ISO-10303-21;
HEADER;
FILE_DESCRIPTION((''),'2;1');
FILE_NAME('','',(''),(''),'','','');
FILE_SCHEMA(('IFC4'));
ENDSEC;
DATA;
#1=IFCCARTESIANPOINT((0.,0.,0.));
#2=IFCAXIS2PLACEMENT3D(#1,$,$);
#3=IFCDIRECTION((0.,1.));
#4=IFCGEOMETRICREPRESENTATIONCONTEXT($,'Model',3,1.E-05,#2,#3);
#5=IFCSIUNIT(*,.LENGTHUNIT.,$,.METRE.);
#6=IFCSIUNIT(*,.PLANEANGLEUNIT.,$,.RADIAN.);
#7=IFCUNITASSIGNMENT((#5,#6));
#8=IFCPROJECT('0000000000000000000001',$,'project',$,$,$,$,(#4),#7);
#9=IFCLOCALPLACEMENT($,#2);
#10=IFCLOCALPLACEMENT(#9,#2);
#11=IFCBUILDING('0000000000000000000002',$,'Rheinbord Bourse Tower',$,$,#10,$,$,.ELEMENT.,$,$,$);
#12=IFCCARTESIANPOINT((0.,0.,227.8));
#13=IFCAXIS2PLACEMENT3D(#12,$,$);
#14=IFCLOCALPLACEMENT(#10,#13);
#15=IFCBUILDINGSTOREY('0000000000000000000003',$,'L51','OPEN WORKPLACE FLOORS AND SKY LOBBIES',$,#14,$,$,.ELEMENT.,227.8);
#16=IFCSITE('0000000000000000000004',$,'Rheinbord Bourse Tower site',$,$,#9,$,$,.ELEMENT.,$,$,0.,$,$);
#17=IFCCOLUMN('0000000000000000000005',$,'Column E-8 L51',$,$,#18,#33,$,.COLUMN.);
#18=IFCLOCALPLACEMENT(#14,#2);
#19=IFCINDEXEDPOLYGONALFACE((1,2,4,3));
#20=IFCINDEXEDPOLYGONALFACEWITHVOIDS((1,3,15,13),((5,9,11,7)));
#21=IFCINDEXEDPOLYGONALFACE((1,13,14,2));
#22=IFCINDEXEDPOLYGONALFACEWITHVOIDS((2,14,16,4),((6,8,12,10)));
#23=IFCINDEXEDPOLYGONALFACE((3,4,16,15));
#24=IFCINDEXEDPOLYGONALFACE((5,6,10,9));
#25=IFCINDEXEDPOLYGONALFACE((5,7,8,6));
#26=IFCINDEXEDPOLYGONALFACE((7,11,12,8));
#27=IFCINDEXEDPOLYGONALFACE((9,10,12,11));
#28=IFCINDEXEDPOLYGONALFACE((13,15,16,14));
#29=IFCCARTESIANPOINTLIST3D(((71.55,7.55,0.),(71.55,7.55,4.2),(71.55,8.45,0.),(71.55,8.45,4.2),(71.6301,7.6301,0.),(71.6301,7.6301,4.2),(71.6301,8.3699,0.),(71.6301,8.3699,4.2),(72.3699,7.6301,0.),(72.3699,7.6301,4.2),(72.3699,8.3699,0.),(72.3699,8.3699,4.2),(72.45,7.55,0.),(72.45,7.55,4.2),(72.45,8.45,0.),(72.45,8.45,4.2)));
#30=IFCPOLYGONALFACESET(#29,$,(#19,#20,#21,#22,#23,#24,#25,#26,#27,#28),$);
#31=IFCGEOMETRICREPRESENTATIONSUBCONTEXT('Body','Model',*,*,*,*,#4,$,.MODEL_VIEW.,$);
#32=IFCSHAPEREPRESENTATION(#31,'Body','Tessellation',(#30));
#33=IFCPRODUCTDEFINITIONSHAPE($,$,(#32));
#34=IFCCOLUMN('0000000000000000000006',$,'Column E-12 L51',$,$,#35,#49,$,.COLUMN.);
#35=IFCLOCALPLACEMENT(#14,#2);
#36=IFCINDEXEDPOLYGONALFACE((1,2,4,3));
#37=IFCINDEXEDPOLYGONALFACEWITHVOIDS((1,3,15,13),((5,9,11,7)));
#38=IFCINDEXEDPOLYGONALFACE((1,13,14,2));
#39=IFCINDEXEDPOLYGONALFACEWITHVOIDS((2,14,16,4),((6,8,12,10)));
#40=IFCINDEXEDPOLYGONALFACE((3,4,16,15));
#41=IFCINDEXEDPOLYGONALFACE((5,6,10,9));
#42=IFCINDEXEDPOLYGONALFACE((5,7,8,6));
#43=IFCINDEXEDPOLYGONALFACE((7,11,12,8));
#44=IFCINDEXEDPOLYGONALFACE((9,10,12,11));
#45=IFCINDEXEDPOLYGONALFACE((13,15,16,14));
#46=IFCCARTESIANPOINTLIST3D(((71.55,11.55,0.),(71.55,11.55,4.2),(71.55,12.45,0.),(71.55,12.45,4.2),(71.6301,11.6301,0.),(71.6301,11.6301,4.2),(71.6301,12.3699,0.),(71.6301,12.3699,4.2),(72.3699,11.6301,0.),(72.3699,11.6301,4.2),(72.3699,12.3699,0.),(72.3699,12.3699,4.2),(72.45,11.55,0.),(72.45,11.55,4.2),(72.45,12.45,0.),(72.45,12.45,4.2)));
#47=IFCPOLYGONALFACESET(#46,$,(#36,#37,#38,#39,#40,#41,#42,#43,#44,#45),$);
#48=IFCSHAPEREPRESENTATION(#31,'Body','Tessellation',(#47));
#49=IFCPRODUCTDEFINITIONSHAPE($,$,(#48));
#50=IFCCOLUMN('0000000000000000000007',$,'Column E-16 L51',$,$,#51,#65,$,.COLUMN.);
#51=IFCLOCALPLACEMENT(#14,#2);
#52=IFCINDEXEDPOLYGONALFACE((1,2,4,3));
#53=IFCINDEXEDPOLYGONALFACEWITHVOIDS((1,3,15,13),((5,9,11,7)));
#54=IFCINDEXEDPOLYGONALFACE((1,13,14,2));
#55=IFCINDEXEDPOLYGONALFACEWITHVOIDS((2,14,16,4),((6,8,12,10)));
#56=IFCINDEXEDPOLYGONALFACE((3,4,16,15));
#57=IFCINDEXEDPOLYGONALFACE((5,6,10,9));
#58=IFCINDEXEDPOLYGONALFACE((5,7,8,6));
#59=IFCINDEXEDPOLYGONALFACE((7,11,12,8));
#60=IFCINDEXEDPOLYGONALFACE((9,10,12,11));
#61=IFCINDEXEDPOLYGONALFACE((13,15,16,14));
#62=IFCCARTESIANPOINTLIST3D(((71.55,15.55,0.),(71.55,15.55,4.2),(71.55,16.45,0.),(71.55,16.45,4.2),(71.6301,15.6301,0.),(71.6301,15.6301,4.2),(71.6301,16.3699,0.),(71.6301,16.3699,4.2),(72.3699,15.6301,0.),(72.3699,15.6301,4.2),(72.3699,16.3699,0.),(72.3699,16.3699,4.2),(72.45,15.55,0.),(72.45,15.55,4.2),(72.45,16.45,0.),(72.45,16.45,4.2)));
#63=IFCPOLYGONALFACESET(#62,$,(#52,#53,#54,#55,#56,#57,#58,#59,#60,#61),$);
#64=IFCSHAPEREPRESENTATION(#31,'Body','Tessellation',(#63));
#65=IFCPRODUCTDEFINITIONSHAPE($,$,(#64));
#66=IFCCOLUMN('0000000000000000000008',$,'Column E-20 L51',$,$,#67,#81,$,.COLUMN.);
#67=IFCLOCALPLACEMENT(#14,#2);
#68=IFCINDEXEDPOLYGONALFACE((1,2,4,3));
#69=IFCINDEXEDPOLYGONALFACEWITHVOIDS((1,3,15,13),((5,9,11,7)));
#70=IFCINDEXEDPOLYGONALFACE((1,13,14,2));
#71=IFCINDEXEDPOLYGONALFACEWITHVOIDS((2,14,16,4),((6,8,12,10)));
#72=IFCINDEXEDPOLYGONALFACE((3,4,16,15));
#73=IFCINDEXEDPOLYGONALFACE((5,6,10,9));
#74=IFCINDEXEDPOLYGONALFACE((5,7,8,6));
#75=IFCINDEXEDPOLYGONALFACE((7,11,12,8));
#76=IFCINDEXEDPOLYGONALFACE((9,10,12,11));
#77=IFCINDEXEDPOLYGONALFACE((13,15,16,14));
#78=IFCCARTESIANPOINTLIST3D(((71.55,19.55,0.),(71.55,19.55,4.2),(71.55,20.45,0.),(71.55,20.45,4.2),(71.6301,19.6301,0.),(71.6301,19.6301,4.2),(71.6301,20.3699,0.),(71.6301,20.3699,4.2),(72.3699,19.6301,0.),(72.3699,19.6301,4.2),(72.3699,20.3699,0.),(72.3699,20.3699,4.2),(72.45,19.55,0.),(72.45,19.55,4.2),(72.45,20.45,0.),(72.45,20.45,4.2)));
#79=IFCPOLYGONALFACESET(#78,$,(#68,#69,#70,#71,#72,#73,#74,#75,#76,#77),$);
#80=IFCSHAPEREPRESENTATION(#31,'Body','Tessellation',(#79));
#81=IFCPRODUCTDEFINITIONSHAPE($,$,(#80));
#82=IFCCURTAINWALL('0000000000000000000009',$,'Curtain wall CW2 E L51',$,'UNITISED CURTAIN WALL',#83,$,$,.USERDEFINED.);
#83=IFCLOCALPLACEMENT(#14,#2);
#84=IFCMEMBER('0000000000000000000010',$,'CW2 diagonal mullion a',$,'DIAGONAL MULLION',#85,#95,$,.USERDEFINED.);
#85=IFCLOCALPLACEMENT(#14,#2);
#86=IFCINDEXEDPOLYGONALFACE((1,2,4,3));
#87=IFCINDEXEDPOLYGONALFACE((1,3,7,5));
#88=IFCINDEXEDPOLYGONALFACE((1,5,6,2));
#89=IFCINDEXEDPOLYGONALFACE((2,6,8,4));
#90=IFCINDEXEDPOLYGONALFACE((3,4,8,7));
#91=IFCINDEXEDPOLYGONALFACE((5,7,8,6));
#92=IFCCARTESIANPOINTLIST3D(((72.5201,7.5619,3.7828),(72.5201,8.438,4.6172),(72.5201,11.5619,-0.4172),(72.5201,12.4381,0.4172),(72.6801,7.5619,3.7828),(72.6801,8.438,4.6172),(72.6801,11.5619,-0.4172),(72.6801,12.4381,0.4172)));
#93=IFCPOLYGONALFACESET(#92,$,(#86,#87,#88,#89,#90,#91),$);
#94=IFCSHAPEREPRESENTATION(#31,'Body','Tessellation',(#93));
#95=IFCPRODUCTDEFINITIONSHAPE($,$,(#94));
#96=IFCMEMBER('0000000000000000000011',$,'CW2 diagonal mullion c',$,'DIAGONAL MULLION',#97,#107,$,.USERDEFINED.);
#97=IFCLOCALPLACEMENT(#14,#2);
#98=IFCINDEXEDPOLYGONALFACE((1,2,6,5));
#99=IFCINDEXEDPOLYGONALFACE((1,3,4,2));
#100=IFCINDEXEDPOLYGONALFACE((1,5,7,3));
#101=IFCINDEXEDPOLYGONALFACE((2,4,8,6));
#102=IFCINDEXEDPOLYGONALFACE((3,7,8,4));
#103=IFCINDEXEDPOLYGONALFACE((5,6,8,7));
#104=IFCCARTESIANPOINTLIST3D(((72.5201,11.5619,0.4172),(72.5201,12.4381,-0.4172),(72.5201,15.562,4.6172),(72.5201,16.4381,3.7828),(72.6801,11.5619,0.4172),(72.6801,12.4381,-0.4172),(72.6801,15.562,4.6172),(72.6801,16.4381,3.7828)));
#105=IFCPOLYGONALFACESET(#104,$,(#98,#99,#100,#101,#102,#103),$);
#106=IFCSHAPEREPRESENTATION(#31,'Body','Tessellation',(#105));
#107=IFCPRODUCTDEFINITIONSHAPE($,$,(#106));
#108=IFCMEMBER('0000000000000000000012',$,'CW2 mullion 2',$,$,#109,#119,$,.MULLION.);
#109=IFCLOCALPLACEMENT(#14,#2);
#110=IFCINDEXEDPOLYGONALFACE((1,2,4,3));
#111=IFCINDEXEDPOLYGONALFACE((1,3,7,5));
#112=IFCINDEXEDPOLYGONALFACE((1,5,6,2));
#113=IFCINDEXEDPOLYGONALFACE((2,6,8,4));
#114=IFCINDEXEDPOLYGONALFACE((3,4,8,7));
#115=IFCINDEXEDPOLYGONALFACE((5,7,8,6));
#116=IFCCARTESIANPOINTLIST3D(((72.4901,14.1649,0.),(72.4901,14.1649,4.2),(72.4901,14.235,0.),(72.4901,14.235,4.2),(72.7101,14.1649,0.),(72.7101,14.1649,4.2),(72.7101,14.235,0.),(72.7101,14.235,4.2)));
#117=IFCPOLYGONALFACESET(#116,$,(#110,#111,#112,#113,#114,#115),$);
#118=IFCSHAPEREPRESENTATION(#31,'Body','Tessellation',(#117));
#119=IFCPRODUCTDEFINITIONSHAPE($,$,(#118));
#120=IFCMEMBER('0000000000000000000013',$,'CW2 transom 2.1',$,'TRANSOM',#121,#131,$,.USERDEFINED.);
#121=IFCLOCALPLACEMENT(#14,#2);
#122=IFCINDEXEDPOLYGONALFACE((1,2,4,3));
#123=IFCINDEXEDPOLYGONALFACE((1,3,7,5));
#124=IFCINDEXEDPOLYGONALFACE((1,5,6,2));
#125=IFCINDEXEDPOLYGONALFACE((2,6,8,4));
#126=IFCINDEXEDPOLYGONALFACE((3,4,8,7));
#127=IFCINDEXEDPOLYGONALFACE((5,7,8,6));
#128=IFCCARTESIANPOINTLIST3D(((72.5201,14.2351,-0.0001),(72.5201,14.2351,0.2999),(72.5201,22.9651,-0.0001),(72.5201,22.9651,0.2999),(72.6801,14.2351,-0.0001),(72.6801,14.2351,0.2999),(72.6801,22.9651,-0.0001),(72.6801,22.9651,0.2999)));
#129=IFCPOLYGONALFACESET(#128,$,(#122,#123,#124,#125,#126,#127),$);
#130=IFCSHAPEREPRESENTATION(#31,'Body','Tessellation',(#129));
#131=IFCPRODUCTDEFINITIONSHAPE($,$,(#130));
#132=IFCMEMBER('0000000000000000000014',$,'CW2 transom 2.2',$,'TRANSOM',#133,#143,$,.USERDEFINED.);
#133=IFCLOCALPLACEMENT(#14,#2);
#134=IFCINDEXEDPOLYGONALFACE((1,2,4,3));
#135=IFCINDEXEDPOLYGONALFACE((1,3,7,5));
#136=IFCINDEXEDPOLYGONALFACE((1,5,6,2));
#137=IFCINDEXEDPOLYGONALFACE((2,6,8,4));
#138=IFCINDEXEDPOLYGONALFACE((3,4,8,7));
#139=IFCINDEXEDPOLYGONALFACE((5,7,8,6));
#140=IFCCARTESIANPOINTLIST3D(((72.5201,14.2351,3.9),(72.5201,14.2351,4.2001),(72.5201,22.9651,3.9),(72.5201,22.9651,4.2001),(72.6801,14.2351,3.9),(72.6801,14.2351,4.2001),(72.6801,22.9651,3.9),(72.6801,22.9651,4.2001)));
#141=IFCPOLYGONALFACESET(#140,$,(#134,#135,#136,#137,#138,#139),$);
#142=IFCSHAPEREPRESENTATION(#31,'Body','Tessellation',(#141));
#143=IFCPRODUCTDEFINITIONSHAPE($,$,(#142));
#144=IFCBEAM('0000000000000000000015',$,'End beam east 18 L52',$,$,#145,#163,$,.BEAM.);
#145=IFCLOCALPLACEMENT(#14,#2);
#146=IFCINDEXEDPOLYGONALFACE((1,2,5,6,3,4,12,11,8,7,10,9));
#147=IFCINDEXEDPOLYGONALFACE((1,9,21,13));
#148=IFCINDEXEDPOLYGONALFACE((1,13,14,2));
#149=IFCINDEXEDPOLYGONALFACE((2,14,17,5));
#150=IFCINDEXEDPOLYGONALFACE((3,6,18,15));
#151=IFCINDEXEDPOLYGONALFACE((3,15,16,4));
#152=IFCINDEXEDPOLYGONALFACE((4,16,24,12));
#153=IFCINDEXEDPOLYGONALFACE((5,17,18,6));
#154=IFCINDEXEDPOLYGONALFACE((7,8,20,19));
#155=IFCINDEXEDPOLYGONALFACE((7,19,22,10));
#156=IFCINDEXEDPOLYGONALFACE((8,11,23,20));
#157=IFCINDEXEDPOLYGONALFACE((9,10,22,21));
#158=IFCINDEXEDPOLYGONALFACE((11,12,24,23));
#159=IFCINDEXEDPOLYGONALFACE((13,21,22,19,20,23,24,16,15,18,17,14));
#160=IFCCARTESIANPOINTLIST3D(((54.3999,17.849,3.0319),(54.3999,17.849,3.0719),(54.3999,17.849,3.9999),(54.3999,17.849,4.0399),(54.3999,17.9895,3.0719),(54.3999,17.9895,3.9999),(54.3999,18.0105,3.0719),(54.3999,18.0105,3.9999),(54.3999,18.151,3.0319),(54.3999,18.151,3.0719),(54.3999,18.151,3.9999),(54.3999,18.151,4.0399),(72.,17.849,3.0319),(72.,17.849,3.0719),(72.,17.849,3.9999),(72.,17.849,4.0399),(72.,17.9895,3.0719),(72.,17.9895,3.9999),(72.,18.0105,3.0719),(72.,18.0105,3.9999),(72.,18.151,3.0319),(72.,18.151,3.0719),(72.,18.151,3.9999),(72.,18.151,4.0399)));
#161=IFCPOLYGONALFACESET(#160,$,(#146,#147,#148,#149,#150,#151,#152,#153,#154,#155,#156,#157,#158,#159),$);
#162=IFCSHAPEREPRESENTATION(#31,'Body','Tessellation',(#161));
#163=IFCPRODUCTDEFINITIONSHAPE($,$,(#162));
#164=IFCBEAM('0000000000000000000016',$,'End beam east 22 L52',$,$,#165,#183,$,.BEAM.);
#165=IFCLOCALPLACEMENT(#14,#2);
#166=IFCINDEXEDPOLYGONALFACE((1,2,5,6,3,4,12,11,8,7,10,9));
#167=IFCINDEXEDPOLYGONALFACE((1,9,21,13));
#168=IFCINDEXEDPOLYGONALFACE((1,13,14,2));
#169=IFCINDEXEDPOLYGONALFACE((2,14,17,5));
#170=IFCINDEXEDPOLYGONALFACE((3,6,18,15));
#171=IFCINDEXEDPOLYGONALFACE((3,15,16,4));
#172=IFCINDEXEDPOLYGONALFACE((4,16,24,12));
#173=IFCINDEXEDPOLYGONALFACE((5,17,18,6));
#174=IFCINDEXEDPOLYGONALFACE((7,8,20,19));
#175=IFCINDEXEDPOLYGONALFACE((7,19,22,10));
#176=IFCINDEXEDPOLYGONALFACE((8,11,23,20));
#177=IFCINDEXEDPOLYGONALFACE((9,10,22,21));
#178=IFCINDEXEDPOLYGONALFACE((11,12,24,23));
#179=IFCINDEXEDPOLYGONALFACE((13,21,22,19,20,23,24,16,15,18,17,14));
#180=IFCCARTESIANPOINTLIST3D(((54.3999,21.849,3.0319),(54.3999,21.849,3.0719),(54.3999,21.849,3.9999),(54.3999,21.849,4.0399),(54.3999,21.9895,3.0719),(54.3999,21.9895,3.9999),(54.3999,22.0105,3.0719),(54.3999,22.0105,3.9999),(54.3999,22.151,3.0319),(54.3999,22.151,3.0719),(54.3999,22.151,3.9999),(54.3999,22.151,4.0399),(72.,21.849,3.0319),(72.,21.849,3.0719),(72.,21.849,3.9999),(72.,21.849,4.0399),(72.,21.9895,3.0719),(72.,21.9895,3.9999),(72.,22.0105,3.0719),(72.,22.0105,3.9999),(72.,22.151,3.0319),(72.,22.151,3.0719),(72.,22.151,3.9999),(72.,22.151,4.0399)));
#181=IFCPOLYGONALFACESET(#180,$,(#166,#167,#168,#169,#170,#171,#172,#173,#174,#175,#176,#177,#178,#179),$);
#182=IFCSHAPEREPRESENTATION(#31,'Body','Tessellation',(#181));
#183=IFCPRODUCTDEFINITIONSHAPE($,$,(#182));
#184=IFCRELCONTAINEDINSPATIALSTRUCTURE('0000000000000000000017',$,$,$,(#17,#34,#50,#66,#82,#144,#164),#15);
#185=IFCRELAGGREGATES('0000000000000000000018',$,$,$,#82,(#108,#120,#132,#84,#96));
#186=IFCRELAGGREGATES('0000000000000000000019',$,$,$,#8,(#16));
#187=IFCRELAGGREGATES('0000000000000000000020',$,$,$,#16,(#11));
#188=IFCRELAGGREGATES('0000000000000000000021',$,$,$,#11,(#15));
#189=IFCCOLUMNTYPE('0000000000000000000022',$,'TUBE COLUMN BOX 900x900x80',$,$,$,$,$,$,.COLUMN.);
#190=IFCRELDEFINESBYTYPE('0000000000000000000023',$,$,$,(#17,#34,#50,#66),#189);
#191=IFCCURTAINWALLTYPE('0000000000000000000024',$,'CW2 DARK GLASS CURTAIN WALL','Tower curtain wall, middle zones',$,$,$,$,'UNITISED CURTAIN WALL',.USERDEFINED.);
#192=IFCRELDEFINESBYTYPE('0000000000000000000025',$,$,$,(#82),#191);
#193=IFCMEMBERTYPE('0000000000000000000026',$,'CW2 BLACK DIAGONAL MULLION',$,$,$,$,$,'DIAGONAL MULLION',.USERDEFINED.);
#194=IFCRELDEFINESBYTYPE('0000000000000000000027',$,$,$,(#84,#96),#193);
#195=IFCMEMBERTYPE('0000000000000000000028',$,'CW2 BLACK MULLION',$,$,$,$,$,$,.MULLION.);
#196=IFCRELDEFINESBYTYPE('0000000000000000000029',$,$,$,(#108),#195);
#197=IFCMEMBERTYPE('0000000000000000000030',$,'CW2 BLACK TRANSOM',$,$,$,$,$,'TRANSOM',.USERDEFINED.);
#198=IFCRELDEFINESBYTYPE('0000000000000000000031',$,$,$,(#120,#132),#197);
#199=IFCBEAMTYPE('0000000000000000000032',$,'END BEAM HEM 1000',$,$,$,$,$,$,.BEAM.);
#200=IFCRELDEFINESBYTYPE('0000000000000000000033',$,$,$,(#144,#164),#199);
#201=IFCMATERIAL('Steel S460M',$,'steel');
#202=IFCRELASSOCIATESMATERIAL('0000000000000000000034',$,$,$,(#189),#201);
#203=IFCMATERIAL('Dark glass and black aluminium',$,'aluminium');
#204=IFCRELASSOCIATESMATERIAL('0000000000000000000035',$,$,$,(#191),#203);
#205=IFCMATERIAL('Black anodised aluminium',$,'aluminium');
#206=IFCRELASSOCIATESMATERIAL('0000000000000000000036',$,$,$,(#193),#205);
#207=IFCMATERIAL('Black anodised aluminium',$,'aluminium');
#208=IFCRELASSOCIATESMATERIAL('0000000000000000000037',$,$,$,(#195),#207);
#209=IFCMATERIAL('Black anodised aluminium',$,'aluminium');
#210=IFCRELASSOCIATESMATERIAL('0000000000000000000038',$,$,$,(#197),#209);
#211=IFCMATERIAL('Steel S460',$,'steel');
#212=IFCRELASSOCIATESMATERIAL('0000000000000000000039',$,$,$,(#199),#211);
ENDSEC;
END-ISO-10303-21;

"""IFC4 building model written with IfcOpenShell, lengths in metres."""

from ifc_helpers import new_model, si_unit, direction, frame, origin, origin_2d, place, context, subcontext, project, spatial, rectangle, hollow_rectangle, i_section, extrude, material, material_profile, profile_set, type_object, element, aggregate, save


model = new_model("IFC4")

# Units and contexts
model_context = context("Model", 3, precision=1e-05, world=origin(), true_north=direction((0.0, 1.0)))
body_context = subcontext(model_context, "Body", "Model", "MODEL_VIEW")
ifc_project = project(units=[si_unit("LENGTHUNIT", "METRE"), si_unit("PLANEANGLEUNIT", "RADIAN")], contexts=[model_context])

# Site, building, storey
site_placement = place(None, origin())
site = spatial("IfcSite", under=ifc_project, at=site_placement, Name="Rheinbord Bourse Tower site", CompositionType="ELEMENT", RefElevation=0.0)
building_placement = place(site_placement, origin())
building = spatial("IfcBuilding", under=site, at=building_placement, Name="Rheinbord Bourse Tower", CompositionType="ELEMENT")
storey_placement = place(building_placement, frame((0.0, 0.0, 227.8)))
storey = spatial("IfcBuildingStorey", under=building, at=storey_placement, Name="L51", Description="OPEN WORKPLACE FLOORS AND SKY LOBBIES", CompositionType="ELEMENT", Elevation=227.8)

# Columns
ifc_material_1 = material(Name="Steel S460M", Category="steel")
ifc_material_profile_1 = material_profile(ifc_material_1, hollow_rectangle(XDim=0.8999, YDim=0.8999, WallThickness=0.0801, at=origin_2d()), Name="BOX 900x900x80")
ifc_profile_set_1 = profile_set([ifc_material_profile_1], Name="Steel S460M")
column_type = type_object("IfcColumnType", Name="TUBE COLUMN BOX 900x900x80", PredefinedType="COLUMN", material=ifc_profile_set_1)
for number, where, z_axis, x_axis, name in (
    (1, (72.0, 8.0, 0.0), (0.0, 0.0, 1.0), (1.0, 0.0, 0.0), "Column E-8 L51"),
    (2, (72.0, 12.0, 0.0), (0.0, 0.0, 1.0), (1.0, 0.0, 0.0), "Column E-12 L51"),
    (3, (72.0, 16.0, 0.0), (0.0, 0.0, 1.0), (1.0, 0.0, 0.0), "Column E-16 L51"),
    (4, (72.0, 20.0, 0.0), (0.0, 0.0, 1.0), (1.0, 0.0, 0.0), "Column E-20 L51"),
):
    element("IfcColumn", number, at=place(storey_placement, frame(where, z_axis=z_axis, x_axis=x_axis)), inside=storey, type_object=column_type, Name=name, PredefinedType="COLUMN", context=body_context, shape_type="SweptSolid", body=[
        extrude(hollow_rectangle(XDim=0.8999, YDim=0.8999, WallThickness=0.0801, at=origin_2d()), origin(), (0.0, 0.0, 1.0), 4.2),
    ])

# Curtain wall, members
ifc_material_2 = material(Name="Dark glass and black aluminium", Category="aluminium")
curtain_wall_type = type_object("IfcCurtainWallType", Name="CW2 DARK GLASS CURTAIN WALL", Description="Tower curtain wall, middle zones", ElementType="UNITISED CURTAIN WALL", PredefinedType="USERDEFINED", material=ifc_material_2)
curtain_wall_placement = place(storey_placement, origin())
curtain_wall = element("IfcCurtainWall", 5, at=curtain_wall_placement, inside=storey, type_object=curtain_wall_type, Name="Curtain wall CW2 E L51", ObjectType="UNITISED CURTAIN WALL", PredefinedType="USERDEFINED")
ifc_material_3 = material(Name="Black anodised aluminium", Category="aluminium")
ifc_material_profile_2 = material_profile(ifc_material_3, rectangle(XDim=0.1599, YDim=1.21, at=origin_2d()), Name="CW2 DIAGONAL MULLION 1210x160")
ifc_profile_set_2 = profile_set([ifc_material_profile_2], Name="Black anodised aluminium")
member_type_1 = type_object("IfcMemberType", Name="CW2 BLACK DIAGONAL MULLION", ElementType="DIAGONAL MULLION", PredefinedType="USERDEFINED", material=ifc_profile_set_2)
member_1_placement = place(storey_placement, frame((72.6001, 12.0, 0.0), z_axis=(0.0, -0.689659, 0.724134), x_axis=(1.0, 0.0, 0.0)))
member_1 = element("IfcMember", 6, at=member_1_placement, type_object=member_type_1, Name="CW2 diagonal mullion a", ObjectType="DIAGONAL MULLION", PredefinedType="USERDEFINED", context=body_context, shape_type="SweptSolid", body=[
    extrude(rectangle(XDim=0.1599, YDim=1.21, at=origin_2d()), origin(), (0.0, 0.0, 1.0), 5.8),
])
member_2_placement = place(storey_placement, frame((72.6001, 12.0, 0.0), z_axis=(0.0, 0.689659, 0.724134), x_axis=(-1.0, 0.0, 0.0)))
member_2 = element("IfcMember", 7, at=member_2_placement, type_object=member_type_1, Name="CW2 diagonal mullion c", ObjectType="DIAGONAL MULLION", PredefinedType="USERDEFINED", context=body_context, shape_type="SweptSolid", body=[
    extrude(rectangle(XDim=0.1599, YDim=1.21, at=origin_2d()), origin(), (0.0, 0.0, 1.0), 5.8),
])
ifc_material_4 = material(Name="Black anodised aluminium", Category="aluminium")
ifc_material_profile_3 = material_profile(ifc_material_4, rectangle(XDim=0.22, YDim=0.0701, at=origin_2d()), Name="CW2 MULLION 70x220")
ifc_profile_set_3 = profile_set([ifc_material_profile_3], Name="Black anodised aluminium")
member_type_2 = type_object("IfcMemberType", Name="CW2 BLACK MULLION", PredefinedType="MULLION", material=ifc_profile_set_3)
member_3_placement = place(storey_placement, frame((72.6001, 14.2, 0.0), z_axis=(0.0, 0.0, 1.0), x_axis=(-1.0, 0.0, 0.0)))
member_3 = element("IfcMember", 8, at=member_3_placement, type_object=member_type_2, Name="CW2 mullion 2", PredefinedType="MULLION", context=body_context, shape_type="SweptSolid", body=[
    extrude(rectangle(XDim=0.22, YDim=0.0701, at=origin_2d()), origin(), (0.0, 0.0, 1.0), 4.2),
])
ifc_material_5 = material(Name="Black anodised aluminium", Category="aluminium")
ifc_material_profile_4 = material_profile(ifc_material_5, rectangle(XDim=0.1599, YDim=0.3, at=origin_2d()), Name="CW2 TRANSOM 300x160")
ifc_profile_set_4 = profile_set([ifc_material_profile_4], Name="Black anodised aluminium")
member_type_3 = type_object("IfcMemberType", Name="CW2 BLACK TRANSOM", ElementType="TRANSOM", PredefinedType="USERDEFINED", material=ifc_profile_set_4)
member_4_placement = place(storey_placement, frame((72.6001, 14.2351, 0.1499), z_axis=(0.0, 1.0, 0.0), x_axis=(-1.0, 0.0, 0.0)))
member_4 = element("IfcMember", 9, at=member_4_placement, type_object=member_type_3, Name="CW2 transom 2.1", ObjectType="TRANSOM", PredefinedType="USERDEFINED", context=body_context, shape_type="SweptSolid", body=[
    extrude(rectangle(XDim=0.1599, YDim=0.3, at=origin_2d()), origin(), (0.0, 0.0, 1.0), 8.73),
])
member_5_placement = place(storey_placement, frame((72.6001, 14.2351, 4.05), z_axis=(0.0, 1.0, 0.0), x_axis=(-1.0, 0.0, 0.0)))
member_5 = element("IfcMember", 10, at=member_5_placement, type_object=member_type_3, Name="CW2 transom 2.2", ObjectType="TRANSOM", PredefinedType="USERDEFINED", context=body_context, shape_type="SweptSolid", body=[
    extrude(rectangle(XDim=0.1599, YDim=0.3, at=origin_2d()), origin(), (0.0, 0.0, 1.0), 8.73),
])

# Beams
ifc_material_6 = material(Name="Steel S460", Category="steel")
ifc_material_profile_5 = material_profile(ifc_material_6, i_section(OverallWidth=0.302, OverallDepth=1.0081, WebThickness=0.021, FlangeThickness=0.04, at=origin_2d()), Name="HEM 1000")
ifc_profile_set_5 = profile_set([ifc_material_profile_5], Name="Steel S460")
beam_type_1 = type_object("IfcBeamType", Name="END BEAM HEM 1000", PredefinedType="BEAM", material=ifc_profile_set_5)
for number, where, z_axis, x_axis, name in (
    (11, (54.3999, 18.0, 3.5359), (1.0, 0.0, 0.0), (0.0, 1.0, 0.0), "End beam east 18 L52"),
    (12, (54.3999, 22.0, 3.5359), (1.0, 0.0, 0.0), (0.0, 1.0, 0.0), "End beam east 22 L52"),
):
    element("IfcBeam", number, at=place(storey_placement, frame(where, z_axis=z_axis, x_axis=x_axis)), inside=storey, type_object=beam_type_1, Name=name, PredefinedType="BEAM", context=body_context, shape_type="SweptSolid", body=[
        extrude(i_section(OverallWidth=0.302, OverallDepth=1.0081, WebThickness=0.021, FlangeThickness=0.04, at=origin_2d()), origin(), (0.0, 0.0, 1.0), 17.6001),
    ])

aggregate(curtain_wall, [member_3, member_4, member_5, member_1, member_2])

save(model, "model.ifc")
